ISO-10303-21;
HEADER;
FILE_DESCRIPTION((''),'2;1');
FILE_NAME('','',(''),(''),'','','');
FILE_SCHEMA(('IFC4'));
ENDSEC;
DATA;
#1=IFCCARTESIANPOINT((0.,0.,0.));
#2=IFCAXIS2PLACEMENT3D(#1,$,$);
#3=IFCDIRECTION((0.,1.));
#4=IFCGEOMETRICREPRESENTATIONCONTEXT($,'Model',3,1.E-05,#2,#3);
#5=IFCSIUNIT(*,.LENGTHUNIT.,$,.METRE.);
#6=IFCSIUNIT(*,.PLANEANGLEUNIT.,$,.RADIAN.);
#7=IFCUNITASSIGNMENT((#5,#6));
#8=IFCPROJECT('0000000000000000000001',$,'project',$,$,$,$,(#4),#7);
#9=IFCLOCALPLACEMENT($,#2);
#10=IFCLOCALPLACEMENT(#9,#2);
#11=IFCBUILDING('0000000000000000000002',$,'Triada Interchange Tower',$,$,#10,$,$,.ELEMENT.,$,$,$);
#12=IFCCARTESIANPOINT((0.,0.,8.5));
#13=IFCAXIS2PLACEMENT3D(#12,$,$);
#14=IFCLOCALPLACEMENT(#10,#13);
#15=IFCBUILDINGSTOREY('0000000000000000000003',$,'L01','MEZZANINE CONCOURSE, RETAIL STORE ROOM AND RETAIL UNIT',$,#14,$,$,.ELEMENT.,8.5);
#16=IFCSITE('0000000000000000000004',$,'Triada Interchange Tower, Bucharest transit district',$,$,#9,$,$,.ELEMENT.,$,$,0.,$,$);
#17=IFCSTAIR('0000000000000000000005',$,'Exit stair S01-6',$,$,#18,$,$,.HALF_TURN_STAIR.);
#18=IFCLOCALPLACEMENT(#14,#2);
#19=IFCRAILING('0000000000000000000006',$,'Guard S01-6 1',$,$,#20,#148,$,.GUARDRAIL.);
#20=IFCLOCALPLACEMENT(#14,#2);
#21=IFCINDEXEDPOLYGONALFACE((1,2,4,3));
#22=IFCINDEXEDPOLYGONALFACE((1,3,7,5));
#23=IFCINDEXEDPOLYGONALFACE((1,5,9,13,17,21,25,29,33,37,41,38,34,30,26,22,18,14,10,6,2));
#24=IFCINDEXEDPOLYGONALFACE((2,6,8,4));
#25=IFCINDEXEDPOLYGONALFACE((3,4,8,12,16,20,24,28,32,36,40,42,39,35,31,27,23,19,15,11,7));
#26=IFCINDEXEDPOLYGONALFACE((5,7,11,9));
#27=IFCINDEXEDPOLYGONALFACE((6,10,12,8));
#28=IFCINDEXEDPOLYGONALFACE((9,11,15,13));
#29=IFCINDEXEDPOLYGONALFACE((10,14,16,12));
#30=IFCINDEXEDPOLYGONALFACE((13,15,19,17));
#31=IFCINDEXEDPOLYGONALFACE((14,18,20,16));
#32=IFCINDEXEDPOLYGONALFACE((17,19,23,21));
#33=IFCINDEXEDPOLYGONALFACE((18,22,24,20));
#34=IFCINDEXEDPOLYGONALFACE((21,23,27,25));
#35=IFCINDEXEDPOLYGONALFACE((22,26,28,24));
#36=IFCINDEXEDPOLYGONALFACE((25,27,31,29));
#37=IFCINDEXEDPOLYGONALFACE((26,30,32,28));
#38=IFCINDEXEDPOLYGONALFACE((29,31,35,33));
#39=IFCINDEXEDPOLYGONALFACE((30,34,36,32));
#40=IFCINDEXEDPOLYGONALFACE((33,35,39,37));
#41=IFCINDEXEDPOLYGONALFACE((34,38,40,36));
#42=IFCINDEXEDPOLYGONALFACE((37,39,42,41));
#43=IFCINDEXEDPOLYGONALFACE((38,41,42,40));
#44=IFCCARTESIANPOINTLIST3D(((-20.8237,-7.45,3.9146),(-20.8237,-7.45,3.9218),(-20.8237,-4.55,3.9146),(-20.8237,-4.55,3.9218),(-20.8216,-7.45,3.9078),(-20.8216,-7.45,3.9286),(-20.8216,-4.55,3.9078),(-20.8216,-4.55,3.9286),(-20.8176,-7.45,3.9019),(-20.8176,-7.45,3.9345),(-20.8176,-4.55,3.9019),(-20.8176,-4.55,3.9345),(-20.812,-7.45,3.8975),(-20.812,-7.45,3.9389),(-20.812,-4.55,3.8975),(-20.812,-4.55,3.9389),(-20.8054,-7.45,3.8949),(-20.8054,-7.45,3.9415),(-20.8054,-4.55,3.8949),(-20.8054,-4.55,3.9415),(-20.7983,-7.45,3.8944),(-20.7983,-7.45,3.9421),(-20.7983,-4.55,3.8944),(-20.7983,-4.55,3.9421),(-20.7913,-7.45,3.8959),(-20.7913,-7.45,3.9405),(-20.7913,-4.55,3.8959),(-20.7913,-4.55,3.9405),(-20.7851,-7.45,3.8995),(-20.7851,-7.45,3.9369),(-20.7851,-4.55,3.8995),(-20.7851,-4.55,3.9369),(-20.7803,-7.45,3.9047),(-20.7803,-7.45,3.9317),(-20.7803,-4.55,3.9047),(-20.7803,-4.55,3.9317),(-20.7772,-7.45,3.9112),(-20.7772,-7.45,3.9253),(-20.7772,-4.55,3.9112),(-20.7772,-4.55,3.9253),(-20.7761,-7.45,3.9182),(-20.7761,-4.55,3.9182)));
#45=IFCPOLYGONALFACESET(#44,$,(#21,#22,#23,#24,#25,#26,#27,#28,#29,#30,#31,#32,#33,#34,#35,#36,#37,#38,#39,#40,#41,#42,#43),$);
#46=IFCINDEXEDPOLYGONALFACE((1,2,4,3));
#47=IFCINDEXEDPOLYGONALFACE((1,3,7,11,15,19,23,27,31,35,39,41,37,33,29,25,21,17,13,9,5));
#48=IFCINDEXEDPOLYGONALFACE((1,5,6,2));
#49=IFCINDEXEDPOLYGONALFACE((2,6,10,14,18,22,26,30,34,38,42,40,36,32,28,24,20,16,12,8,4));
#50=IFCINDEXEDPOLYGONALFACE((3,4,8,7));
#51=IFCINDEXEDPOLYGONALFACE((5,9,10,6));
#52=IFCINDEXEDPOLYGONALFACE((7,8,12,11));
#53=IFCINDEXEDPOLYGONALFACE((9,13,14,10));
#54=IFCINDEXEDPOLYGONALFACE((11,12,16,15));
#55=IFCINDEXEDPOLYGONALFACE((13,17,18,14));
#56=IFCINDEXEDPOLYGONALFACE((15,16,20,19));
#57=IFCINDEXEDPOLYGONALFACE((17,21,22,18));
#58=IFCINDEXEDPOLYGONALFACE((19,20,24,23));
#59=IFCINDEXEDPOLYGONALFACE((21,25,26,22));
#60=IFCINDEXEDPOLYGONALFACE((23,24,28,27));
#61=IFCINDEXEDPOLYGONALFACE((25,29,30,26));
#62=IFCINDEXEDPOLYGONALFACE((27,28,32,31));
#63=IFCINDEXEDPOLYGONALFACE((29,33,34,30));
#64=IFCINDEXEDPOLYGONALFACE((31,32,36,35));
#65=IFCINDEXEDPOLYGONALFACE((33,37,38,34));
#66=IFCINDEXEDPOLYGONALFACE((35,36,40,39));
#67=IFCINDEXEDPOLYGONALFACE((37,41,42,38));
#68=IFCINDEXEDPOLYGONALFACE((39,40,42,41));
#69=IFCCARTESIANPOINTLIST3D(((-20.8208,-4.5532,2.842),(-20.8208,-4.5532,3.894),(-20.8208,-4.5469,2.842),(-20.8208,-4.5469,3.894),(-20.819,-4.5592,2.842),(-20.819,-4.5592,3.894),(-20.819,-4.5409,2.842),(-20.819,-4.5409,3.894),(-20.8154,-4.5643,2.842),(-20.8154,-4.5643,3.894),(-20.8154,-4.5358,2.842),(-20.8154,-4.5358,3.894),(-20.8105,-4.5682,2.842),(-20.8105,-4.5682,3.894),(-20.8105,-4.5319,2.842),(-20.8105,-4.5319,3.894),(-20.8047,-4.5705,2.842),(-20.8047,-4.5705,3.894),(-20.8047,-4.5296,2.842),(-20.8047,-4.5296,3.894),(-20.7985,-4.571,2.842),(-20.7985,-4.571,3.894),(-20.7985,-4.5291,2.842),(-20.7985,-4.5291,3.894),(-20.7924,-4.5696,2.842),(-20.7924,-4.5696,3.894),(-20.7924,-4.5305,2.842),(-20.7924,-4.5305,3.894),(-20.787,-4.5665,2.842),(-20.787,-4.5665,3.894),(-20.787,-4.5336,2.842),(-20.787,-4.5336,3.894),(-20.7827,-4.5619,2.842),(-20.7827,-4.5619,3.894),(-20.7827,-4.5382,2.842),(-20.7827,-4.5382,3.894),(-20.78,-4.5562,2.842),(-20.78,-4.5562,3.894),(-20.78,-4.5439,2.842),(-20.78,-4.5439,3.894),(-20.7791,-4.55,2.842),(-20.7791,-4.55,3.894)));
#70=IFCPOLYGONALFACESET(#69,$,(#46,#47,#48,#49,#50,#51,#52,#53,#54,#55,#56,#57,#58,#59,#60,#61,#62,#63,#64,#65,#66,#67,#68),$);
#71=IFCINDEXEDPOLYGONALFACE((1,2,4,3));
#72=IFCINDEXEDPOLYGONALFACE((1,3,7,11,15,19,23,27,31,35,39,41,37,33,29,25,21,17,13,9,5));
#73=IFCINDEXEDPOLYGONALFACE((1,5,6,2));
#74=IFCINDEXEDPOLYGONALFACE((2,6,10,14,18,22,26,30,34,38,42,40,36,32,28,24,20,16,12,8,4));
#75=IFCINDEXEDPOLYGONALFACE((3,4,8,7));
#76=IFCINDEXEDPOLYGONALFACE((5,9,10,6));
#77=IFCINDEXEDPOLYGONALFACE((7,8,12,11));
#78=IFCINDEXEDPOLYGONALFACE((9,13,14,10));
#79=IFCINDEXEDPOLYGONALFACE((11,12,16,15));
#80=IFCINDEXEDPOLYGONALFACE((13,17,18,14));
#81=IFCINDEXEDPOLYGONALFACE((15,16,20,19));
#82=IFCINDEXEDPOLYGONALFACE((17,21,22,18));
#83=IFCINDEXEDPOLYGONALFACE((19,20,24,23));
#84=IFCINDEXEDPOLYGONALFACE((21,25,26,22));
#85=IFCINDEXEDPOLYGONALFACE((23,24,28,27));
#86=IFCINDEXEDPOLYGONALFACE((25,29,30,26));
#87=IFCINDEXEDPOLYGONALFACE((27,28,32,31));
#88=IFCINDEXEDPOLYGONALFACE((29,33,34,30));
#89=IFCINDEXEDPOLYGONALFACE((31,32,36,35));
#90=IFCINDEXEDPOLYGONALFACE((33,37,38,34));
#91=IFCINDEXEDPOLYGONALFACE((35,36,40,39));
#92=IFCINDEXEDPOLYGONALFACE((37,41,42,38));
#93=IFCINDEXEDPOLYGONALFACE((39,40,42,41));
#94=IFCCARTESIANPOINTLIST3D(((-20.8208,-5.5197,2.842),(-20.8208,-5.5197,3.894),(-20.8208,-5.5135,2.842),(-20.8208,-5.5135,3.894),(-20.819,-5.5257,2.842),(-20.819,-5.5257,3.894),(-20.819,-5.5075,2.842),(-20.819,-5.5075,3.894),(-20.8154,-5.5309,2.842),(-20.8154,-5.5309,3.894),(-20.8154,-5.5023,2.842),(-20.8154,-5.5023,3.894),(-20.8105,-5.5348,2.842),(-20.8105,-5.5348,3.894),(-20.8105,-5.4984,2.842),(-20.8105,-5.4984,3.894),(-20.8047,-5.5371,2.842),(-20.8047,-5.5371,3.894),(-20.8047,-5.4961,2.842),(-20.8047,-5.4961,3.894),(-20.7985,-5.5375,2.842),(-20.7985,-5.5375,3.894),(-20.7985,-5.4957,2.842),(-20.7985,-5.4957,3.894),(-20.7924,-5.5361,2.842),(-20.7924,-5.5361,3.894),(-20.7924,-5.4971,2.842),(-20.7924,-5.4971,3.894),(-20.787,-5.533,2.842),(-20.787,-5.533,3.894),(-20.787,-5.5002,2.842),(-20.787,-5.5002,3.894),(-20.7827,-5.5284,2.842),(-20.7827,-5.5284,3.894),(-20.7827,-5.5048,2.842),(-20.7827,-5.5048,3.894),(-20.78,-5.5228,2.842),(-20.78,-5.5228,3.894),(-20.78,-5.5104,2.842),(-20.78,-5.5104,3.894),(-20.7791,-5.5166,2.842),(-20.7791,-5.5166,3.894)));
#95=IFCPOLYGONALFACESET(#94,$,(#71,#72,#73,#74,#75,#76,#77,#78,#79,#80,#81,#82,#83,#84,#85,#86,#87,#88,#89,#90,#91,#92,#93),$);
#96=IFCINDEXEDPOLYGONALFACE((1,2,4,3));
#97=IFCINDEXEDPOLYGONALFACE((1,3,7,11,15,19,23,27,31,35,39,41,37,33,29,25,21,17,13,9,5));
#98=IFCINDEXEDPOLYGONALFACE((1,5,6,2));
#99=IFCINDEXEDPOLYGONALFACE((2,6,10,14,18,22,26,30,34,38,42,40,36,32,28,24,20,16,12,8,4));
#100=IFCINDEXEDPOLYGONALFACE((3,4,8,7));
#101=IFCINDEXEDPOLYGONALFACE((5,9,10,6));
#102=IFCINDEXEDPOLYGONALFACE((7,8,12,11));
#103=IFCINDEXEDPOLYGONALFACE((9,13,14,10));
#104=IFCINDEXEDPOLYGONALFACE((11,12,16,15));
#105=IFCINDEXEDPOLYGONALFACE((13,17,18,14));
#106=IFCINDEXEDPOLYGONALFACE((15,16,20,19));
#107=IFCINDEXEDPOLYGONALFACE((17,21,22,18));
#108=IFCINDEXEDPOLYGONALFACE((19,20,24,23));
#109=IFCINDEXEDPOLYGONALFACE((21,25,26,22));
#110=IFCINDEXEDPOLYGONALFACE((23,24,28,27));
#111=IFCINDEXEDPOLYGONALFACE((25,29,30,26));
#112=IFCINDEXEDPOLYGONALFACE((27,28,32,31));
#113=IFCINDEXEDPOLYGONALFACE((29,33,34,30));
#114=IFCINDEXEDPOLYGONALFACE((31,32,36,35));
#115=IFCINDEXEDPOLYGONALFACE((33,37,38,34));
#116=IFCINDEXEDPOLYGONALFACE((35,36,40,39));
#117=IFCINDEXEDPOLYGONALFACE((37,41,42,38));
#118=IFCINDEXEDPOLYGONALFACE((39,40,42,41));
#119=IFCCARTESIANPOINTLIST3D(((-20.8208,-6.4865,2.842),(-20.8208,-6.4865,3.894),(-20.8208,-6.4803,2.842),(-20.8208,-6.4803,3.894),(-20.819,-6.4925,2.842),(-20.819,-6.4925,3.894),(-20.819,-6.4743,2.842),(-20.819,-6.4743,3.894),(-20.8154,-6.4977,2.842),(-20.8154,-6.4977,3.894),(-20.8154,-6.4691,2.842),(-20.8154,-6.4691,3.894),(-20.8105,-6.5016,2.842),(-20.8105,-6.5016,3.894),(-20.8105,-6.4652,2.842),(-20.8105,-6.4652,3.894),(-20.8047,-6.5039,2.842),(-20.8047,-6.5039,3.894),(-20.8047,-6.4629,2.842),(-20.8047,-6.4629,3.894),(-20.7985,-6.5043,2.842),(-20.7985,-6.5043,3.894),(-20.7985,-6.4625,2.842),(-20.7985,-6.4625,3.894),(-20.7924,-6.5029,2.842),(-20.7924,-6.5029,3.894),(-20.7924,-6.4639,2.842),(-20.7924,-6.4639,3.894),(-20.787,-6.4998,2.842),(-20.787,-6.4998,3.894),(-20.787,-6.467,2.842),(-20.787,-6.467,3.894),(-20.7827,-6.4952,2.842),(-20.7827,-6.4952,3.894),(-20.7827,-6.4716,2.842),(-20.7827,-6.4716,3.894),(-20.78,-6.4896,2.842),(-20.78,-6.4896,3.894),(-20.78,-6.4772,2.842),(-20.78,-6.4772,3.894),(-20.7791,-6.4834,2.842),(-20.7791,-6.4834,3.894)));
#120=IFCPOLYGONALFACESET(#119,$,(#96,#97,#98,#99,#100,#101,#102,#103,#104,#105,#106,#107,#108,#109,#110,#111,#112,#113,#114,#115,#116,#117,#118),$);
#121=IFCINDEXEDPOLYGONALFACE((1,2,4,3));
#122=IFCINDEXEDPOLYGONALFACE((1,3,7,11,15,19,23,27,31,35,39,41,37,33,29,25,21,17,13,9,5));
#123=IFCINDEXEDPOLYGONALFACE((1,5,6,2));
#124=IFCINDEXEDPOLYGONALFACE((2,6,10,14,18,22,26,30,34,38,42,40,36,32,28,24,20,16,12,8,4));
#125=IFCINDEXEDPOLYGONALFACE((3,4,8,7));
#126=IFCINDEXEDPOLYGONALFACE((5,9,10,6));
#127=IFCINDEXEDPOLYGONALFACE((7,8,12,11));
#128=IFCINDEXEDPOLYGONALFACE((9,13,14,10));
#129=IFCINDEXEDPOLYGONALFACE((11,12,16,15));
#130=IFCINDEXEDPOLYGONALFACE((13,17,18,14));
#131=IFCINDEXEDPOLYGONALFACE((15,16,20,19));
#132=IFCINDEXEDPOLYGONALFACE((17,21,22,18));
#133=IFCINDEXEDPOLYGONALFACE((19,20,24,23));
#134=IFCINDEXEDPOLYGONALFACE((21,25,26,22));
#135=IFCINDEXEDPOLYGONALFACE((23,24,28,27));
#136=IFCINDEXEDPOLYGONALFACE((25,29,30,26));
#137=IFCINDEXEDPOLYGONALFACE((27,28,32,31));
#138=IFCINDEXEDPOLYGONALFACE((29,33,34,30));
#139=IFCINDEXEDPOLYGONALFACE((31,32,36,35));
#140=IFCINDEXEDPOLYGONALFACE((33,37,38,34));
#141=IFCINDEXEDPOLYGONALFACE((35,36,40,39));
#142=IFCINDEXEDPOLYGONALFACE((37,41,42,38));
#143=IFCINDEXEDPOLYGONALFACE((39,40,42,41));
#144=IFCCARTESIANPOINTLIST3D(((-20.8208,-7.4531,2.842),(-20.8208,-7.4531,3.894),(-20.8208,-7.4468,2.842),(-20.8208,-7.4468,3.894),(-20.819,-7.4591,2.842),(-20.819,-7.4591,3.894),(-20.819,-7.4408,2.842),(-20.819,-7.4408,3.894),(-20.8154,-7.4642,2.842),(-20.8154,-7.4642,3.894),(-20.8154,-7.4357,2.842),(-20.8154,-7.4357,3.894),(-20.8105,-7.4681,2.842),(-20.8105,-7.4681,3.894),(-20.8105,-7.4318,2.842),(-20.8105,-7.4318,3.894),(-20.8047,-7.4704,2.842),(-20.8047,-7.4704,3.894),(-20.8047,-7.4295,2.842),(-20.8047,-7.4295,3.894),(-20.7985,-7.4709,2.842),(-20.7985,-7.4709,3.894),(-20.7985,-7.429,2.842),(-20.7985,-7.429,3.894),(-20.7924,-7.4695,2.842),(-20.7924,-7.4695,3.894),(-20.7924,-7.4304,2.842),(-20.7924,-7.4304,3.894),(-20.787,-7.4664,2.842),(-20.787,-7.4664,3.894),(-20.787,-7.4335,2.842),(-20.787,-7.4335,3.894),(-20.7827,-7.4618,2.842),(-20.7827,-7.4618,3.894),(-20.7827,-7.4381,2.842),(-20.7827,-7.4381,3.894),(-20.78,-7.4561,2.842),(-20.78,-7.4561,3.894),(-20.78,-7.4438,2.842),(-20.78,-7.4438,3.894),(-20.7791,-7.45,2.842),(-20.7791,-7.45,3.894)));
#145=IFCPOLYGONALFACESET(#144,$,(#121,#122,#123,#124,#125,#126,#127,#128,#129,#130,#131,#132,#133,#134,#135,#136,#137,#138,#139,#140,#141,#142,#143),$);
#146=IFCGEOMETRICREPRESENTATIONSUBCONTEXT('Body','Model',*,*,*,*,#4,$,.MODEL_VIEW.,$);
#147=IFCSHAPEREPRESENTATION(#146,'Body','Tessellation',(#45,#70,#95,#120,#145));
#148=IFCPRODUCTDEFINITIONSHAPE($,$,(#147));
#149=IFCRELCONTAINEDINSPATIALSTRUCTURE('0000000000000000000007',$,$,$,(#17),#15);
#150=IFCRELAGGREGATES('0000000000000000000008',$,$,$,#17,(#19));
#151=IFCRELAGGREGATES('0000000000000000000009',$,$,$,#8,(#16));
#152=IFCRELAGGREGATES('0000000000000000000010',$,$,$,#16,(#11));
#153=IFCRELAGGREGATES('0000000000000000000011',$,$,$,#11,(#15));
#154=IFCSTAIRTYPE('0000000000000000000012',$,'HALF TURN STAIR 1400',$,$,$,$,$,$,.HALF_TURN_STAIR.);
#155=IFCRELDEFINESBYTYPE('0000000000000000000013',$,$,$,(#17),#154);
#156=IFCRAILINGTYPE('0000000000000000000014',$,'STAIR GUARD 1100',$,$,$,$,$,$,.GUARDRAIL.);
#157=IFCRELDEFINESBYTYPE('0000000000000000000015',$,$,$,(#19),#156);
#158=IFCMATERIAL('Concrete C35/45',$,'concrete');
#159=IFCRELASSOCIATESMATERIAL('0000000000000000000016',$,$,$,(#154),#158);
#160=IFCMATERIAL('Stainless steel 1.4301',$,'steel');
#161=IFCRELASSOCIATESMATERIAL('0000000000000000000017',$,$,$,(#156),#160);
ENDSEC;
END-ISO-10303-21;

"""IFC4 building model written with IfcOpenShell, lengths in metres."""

from ifc_helpers import new_model, si_unit, direction, frame, origin, origin_2d, place, context, subcontext, project, spatial, circle, extrude, material, type_object, element, aggregate, save


model = new_model("IFC4")

# Units and contexts
model_context = context("Model", 3, precision=1e-05, world=origin(), true_north=direction((0.0, 1.0)))
body_context = subcontext(model_context, "Body", "Model", "MODEL_VIEW")
ifc_project = project(units=[si_unit("LENGTHUNIT", "METRE"), si_unit("PLANEANGLEUNIT", "RADIAN")], contexts=[model_context])

# Site, building, storey
site_placement = place(None, origin())
site = spatial("IfcSite", under=ifc_project, at=site_placement, Name="Triada Interchange Tower, Bucharest transit district", CompositionType="ELEMENT", RefElevation=0.0)
building_placement = place(site_placement, origin())
building = spatial("IfcBuilding", under=site, at=building_placement, Name="Triada Interchange Tower", CompositionType="ELEMENT")
storey_placement = place(building_placement, frame((0.0, 0.0, 8.5)))
storey = spatial("IfcBuildingStorey", under=building, at=storey_placement, Name="L01", Description="MEZZANINE CONCOURSE, RETAIL STORE ROOM AND RETAIL UNIT", CompositionType="ELEMENT", Elevation=8.5)

# Shared definitions
ifc_material_1 = material(Name="Concrete C35/45", Category="concrete")

# Stair, railing
stair_type = type_object("IfcStairType", Name="HALF TURN STAIR 1400", PredefinedType="HALF_TURN_STAIR", material=ifc_material_1)
stair_placement = place(storey_placement, origin())
stair = element("IfcStair", 1, at=stair_placement, inside=storey, type_object=stair_type, Name="Exit stair S01-6", PredefinedType="HALF_TURN_STAIR")
ifc_material_2 = material(Name="Stainless steel 1.4301", Category="steel")
railing_type_1 = type_object("IfcRailingType", Name="STAIR GUARD 1100", PredefinedType="GUARDRAIL", material=ifc_material_2)
railing_1_placement = place(storey_placement, frame((-20.8, -4.55, 2.842)))
railing_1 = element("IfcRailing", 2, at=railing_1_placement, type_object=railing_type_1, Name="Guard S01-6 1", PredefinedType="GUARDRAIL", context=body_context, shape_type="SweptSolid", body=[
    extrude(circle(Radius=0.0239, at=origin_2d()), frame((0.0, 0.0, 1.0762), z_axis=(0.0, -1.0, 0.0), x_axis=(1.0, 0.0, 0.0)), (0.0, 0.0, 1.0), 2.8999),
    extrude(circle(Radius=0.021, at=origin_2d()), origin(), (0.0, 0.0, 1.0), 1.052),
    extrude(circle(Radius=0.021, at=origin_2d()), frame((0.0, -0.9666, 0.0)), (0.0, 0.0, 1.0), 1.052),
    extrude(circle(Radius=0.021, at=origin_2d()), frame((0.0, -1.9333, 0.0)), (0.0, 0.0, 1.0), 1.052),
    extrude(circle(Radius=0.021, at=origin_2d()), frame((0.0, -2.8999, 0.0)), (0.0, 0.0, 1.0), 1.052),
])
aggregate(stair, [railing_1])

save(model, "model.ifc")
